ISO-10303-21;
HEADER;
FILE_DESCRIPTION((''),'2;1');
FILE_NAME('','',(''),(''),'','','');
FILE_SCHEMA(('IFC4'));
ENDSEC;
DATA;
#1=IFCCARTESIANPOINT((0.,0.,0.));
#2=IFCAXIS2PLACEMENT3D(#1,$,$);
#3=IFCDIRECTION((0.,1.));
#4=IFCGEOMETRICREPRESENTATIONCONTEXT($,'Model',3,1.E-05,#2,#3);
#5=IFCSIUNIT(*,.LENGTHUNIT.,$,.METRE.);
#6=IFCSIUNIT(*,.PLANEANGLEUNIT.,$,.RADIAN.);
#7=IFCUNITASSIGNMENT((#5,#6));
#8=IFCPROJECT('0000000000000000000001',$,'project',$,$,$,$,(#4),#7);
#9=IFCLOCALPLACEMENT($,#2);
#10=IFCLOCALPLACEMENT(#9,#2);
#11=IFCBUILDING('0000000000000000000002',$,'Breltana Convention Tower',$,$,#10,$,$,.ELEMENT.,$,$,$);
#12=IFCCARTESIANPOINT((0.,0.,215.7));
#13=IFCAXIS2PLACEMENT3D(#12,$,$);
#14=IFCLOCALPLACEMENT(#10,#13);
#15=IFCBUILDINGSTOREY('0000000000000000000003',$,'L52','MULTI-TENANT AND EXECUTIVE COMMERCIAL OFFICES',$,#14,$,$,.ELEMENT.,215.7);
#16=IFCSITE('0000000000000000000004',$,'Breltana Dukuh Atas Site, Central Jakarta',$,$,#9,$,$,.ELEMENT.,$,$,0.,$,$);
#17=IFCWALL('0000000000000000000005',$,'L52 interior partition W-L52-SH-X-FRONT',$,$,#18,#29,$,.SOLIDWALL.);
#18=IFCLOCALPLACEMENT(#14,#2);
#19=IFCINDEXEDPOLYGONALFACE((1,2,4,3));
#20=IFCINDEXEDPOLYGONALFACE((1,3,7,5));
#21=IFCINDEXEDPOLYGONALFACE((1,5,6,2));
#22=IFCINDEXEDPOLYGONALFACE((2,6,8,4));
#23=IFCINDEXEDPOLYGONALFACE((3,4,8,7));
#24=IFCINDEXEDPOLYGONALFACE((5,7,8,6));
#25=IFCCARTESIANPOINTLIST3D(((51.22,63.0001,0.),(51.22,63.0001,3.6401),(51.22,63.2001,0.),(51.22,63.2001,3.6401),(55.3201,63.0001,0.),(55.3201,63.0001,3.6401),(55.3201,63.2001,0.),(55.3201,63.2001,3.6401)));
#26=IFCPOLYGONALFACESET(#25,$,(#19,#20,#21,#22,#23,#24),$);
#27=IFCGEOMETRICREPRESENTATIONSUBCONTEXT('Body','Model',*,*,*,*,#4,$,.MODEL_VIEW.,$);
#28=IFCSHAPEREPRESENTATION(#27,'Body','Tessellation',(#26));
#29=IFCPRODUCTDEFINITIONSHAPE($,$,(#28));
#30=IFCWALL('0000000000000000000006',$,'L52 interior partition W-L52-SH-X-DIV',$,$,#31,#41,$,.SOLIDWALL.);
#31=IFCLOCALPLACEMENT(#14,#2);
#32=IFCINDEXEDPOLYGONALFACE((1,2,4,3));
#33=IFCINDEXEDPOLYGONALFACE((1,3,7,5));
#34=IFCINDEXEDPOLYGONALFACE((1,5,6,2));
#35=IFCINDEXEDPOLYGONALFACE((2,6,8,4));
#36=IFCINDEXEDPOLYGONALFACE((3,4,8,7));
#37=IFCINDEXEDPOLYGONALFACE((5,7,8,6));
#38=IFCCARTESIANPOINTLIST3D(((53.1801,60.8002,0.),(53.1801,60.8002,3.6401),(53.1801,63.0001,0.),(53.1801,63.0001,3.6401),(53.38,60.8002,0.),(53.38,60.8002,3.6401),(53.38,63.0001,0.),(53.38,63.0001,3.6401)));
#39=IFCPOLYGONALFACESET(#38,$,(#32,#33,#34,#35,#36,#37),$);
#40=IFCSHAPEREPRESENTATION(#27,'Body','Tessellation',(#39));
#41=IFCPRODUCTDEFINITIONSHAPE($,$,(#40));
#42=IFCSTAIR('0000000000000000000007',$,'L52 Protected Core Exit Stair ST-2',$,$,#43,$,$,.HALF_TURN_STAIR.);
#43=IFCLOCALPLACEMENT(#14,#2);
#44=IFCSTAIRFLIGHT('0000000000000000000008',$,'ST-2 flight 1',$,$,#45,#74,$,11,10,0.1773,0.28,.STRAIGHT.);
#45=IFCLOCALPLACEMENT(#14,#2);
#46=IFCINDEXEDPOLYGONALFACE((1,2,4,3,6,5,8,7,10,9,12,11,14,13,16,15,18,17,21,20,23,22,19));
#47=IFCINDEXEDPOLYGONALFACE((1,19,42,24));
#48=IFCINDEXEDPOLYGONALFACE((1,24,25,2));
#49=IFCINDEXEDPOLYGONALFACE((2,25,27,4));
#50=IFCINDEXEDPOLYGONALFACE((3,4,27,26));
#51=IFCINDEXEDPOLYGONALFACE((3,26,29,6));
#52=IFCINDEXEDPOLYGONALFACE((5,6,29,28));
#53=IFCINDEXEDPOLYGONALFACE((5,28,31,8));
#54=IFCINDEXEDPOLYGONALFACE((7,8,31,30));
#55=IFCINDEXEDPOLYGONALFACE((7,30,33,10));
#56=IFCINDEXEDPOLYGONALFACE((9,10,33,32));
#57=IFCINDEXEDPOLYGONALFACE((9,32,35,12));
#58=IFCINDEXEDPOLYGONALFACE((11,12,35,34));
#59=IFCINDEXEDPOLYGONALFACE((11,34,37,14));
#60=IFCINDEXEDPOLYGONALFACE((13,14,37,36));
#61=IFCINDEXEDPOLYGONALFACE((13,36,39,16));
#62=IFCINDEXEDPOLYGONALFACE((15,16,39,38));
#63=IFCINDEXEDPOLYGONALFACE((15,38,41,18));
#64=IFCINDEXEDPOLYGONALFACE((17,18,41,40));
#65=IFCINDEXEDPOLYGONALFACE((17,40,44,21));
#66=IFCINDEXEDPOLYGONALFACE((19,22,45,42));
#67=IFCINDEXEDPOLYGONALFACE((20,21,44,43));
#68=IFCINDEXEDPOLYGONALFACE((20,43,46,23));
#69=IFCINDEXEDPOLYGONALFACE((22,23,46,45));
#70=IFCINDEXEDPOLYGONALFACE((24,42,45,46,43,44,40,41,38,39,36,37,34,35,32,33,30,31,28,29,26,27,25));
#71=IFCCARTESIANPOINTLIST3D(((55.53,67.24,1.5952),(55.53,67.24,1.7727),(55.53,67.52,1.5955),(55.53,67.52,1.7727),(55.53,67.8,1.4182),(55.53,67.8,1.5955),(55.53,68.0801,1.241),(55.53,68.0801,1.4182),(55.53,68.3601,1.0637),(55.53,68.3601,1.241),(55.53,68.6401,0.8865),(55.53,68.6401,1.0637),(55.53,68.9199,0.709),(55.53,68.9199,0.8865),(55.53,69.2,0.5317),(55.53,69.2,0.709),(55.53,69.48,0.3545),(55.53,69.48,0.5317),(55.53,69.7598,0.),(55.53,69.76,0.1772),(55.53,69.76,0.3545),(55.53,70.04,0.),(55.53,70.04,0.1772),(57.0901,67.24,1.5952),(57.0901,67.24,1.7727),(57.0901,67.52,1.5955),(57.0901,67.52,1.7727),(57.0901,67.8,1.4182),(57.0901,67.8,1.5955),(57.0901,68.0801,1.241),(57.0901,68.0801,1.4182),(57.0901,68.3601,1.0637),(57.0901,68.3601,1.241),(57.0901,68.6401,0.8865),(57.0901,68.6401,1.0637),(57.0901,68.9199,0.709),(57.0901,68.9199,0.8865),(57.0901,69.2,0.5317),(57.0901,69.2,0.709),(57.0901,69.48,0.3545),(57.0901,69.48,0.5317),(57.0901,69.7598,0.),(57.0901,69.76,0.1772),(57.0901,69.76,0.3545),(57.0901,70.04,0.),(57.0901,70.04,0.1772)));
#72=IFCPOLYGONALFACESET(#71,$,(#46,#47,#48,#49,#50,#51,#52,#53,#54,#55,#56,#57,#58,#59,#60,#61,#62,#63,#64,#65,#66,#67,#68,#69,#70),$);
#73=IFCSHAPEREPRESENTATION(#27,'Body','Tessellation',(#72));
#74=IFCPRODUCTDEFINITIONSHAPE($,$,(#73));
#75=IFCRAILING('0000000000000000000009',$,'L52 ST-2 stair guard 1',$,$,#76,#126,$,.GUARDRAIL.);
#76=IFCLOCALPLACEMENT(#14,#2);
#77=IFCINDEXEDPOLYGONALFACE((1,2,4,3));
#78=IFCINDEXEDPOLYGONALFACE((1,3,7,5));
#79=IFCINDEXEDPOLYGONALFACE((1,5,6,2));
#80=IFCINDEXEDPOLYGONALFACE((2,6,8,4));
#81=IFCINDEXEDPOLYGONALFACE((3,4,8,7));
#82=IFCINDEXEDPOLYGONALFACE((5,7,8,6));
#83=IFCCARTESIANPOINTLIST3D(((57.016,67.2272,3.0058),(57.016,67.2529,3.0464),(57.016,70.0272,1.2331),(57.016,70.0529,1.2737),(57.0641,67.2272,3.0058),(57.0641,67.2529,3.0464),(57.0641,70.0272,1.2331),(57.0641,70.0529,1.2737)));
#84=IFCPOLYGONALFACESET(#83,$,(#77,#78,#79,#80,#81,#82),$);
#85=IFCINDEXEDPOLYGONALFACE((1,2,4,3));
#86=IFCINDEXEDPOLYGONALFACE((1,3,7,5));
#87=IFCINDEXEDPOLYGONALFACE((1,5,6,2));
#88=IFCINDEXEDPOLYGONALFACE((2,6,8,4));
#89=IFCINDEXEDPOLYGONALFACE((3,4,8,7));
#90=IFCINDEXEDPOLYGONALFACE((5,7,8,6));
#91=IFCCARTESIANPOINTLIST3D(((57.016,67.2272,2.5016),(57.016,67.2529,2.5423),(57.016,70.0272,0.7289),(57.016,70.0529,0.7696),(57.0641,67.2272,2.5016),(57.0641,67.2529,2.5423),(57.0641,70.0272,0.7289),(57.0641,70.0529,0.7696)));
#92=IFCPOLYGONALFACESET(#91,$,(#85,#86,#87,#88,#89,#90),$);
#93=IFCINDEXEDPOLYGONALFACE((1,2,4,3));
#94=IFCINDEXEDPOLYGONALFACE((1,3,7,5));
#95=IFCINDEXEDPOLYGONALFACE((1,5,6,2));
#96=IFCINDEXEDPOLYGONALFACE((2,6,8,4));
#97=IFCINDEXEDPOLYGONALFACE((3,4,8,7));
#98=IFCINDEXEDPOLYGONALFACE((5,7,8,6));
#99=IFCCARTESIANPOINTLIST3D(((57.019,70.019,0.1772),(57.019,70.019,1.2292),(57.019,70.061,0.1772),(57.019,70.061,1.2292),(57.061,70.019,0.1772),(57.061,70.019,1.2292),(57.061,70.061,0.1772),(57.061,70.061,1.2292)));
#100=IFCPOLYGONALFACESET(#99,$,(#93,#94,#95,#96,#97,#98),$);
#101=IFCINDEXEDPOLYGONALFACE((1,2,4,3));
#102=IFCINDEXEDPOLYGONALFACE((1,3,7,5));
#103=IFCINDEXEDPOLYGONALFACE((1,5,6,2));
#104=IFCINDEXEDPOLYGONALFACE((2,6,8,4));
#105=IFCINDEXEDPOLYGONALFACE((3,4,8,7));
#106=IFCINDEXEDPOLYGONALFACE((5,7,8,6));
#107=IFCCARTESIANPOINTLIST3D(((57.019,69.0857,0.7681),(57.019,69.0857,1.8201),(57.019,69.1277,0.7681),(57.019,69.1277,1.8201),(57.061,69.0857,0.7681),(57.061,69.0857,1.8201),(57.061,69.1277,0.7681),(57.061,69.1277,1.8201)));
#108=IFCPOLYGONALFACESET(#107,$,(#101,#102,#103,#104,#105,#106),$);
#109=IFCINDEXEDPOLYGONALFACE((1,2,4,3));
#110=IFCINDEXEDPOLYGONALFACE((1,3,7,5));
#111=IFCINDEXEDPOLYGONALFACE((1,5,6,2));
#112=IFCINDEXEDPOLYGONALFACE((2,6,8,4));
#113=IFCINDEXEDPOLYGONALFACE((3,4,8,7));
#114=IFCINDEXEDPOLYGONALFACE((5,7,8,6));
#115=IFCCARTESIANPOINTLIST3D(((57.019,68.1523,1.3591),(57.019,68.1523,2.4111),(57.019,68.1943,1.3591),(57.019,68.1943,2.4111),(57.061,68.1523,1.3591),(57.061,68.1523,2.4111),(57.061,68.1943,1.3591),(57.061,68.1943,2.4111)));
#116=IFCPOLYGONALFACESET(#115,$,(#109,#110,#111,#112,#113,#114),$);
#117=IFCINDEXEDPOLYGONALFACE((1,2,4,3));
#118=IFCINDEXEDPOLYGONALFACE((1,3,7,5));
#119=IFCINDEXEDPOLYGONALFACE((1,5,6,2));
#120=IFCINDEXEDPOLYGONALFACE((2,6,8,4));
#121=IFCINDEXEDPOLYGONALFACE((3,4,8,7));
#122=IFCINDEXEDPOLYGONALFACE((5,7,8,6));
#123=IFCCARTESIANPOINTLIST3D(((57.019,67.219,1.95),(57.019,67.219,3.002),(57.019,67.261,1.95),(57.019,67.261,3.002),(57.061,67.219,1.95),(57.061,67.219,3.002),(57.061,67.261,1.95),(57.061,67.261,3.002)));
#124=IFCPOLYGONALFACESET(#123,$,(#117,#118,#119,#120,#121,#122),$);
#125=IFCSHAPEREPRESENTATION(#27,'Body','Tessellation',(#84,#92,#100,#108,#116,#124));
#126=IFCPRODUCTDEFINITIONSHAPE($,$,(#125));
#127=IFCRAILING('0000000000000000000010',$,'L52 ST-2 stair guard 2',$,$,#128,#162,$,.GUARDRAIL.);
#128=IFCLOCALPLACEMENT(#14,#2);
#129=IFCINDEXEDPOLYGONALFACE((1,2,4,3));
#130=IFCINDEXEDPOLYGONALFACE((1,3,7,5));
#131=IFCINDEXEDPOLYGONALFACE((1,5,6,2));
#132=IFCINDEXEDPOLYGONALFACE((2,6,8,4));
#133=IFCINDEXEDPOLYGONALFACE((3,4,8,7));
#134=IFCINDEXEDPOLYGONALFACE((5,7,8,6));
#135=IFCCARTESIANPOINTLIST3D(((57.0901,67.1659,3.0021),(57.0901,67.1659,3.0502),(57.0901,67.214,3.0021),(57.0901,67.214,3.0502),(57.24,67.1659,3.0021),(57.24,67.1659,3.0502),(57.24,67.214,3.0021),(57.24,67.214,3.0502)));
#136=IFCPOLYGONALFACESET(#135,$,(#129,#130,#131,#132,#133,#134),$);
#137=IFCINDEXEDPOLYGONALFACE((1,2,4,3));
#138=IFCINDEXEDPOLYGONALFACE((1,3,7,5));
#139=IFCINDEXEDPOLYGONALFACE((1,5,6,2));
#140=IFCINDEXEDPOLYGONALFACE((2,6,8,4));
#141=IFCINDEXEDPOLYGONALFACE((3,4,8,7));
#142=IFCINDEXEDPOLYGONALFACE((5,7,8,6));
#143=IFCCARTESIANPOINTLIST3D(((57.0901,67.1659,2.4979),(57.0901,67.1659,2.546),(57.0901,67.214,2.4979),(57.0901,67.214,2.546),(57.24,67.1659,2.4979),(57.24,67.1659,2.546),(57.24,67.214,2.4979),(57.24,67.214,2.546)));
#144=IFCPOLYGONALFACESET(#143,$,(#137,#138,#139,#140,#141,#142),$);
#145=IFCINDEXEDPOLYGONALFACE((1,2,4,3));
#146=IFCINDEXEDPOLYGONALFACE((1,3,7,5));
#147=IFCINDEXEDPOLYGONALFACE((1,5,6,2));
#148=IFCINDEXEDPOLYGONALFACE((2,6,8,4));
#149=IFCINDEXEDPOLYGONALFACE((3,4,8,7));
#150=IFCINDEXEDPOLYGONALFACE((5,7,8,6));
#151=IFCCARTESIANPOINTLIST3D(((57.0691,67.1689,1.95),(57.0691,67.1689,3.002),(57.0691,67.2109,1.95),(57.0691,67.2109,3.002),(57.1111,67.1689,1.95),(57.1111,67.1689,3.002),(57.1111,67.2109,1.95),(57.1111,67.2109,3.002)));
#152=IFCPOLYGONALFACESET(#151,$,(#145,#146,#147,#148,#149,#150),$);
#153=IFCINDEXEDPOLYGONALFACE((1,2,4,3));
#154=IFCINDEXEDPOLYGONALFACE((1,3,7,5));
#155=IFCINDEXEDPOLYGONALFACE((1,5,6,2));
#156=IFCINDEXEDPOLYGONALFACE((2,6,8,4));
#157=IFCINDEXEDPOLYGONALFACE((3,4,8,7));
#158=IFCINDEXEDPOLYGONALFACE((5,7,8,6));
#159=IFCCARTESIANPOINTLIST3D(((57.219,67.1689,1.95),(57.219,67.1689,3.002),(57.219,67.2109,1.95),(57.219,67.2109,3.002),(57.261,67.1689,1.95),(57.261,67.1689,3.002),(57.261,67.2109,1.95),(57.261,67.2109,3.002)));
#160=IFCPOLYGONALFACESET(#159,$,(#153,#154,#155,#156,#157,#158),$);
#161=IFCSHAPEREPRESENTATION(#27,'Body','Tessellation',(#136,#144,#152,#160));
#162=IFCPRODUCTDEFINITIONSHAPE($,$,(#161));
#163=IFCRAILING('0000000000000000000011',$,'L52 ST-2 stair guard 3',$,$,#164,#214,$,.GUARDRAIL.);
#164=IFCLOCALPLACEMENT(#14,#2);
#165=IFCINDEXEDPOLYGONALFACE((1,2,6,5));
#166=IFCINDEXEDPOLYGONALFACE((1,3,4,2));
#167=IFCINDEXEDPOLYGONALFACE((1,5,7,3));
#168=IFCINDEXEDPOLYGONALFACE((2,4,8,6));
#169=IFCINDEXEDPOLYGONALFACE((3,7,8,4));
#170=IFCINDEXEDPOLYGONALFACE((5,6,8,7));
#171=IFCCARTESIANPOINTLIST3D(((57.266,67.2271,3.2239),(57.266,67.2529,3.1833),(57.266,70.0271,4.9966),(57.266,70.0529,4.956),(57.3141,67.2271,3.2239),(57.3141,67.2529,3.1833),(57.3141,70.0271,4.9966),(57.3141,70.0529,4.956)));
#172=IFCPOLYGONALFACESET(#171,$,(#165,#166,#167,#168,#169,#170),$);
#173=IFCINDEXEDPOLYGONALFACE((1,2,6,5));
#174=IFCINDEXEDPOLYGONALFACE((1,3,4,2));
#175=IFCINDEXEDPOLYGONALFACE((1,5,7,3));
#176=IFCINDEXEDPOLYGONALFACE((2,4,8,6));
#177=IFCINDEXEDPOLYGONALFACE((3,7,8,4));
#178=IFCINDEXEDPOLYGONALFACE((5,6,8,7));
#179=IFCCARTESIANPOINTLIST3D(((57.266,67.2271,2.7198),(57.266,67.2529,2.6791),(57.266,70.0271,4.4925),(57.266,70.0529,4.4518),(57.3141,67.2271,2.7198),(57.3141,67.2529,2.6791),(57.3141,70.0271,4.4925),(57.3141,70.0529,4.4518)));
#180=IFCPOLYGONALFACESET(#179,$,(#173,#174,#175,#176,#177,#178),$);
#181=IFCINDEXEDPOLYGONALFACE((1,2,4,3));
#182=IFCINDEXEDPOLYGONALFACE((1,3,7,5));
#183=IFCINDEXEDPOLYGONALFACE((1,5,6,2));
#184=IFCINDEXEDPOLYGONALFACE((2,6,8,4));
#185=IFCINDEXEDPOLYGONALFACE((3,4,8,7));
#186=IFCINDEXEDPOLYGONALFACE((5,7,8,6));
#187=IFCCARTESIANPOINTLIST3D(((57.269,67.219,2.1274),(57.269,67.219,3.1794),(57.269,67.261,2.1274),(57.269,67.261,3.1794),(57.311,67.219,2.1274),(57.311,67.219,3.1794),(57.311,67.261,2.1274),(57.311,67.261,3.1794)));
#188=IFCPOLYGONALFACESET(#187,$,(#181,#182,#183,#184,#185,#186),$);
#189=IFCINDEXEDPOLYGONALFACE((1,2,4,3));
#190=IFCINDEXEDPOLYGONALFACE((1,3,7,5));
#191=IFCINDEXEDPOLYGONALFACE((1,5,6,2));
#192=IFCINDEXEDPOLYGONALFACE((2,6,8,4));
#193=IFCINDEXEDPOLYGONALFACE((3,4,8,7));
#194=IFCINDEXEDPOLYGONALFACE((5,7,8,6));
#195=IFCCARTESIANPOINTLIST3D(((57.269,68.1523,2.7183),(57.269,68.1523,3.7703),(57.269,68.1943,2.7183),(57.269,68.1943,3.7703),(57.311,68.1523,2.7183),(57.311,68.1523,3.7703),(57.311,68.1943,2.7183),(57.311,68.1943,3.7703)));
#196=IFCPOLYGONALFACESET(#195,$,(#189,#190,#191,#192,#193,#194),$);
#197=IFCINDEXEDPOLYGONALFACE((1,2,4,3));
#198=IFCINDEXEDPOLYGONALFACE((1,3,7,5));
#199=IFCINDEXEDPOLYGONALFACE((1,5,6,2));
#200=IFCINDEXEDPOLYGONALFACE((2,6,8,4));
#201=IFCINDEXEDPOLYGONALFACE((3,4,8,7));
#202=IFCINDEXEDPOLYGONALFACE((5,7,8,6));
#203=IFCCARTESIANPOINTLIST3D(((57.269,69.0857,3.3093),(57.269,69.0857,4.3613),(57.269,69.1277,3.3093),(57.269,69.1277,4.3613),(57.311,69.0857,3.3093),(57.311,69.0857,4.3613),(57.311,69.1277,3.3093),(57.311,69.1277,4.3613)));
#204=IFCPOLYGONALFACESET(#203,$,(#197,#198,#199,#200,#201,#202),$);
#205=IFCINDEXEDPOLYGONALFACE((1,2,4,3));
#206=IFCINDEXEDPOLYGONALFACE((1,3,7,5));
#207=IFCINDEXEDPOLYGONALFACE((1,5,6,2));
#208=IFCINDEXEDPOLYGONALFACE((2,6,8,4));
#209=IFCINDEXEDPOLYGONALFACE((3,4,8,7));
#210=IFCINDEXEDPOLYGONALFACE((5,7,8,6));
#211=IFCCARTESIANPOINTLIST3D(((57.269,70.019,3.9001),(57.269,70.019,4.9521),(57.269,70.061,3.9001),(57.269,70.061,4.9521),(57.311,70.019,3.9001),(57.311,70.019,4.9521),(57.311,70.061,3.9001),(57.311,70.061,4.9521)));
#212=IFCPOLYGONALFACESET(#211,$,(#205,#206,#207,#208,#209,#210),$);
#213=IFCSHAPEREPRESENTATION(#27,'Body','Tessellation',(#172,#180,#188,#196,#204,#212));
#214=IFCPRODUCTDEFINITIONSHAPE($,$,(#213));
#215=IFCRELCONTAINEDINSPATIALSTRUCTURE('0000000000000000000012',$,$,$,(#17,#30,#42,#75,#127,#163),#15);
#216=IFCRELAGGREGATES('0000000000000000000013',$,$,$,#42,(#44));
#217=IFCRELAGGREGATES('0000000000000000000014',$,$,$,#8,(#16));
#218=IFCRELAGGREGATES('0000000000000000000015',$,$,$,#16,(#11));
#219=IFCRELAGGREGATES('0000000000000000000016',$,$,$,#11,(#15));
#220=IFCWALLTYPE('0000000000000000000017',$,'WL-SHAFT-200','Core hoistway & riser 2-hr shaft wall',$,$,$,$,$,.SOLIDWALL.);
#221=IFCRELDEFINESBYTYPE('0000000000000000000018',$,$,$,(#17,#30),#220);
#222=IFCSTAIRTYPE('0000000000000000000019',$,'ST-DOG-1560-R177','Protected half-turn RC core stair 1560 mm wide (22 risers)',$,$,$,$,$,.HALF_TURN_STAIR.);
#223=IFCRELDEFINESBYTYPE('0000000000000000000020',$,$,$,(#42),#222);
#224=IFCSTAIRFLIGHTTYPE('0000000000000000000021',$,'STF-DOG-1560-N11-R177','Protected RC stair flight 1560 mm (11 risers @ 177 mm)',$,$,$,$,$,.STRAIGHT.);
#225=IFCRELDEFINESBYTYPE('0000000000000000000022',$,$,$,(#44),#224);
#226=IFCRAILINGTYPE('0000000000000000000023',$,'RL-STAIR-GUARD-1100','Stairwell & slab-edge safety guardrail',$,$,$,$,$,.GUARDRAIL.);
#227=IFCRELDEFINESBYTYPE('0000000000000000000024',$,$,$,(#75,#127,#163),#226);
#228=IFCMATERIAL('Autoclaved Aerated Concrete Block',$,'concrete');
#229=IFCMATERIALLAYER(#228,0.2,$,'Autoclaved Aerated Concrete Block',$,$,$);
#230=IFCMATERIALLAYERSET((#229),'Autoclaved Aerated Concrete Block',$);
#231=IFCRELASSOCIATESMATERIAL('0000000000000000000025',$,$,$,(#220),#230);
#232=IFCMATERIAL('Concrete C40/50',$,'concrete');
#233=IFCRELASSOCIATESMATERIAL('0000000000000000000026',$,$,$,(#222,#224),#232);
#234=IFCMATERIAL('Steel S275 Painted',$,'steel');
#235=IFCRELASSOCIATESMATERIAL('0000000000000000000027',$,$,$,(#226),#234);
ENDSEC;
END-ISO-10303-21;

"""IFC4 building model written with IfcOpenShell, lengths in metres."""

from ifc_helpers import new_model, si_unit, direction, frame, frame_2d, origin, origin_2d, place, context, subcontext, project, spatial, polyline, rectangle, outline, extrude, source, transform, mapped, material, layer, layer_set, type_object, element, aggregate, save


model = new_model("IFC4")

# Units and contexts
model_context = context("Model", 3, precision=1e-05, world=origin(), true_north=direction((0.0, 1.0)))
body_context = subcontext(model_context, "Body", "Model", "MODEL_VIEW")
ifc_project = project(units=[si_unit("LENGTHUNIT", "METRE"), si_unit("PLANEANGLEUNIT", "RADIAN")], contexts=[model_context])

# Site, building, storey
site_placement = place(None, origin())
site = spatial("IfcSite", under=ifc_project, at=site_placement, Name="Breltana Dukuh Atas Site, Central Jakarta", CompositionType="ELEMENT", RefElevation=0.0)
building_placement = place(site_placement, origin())
building = spatial("IfcBuilding", under=site, at=building_placement, Name="Breltana Convention Tower", CompositionType="ELEMENT")
storey_placement = place(building_placement, frame((0.0, 0.0, 215.7)))
storey = spatial("IfcBuildingStorey", under=building, at=storey_placement, Name="L52", Description="MULTI-TENANT AND EXECUTIVE COMMERCIAL OFFICES", CompositionType="ELEMENT", Elevation=215.7)

# Shared definitions
ifc_material_1 = material(Name="Autoclaved Aerated Concrete Block", Category="concrete")
ifc_layer_1 = layer(ifc_material_1, 0.2, Name="Autoclaved Aerated Concrete Block")
ifc_layer_set_1 = layer_set([ifc_layer_1], Name="Autoclaved Aerated Concrete Block")
wall_type_1 = type_object("IfcWallType", Name="WL-SHAFT-200", Description="Core hoistway & riser 2-hr shaft wall", PredefinedType="SOLIDWALL", material=ifc_layer_set_1)

# Walls
shared_shape_1 = source(origin(), body_context, "Body", "SweptSolid", [
    extrude(rectangle(XDim=4.1001, YDim=0.2, at=frame_2d((2.05, 0.0))), origin(), (0.0, 0.0, 1.0), 3.6401),
])
wall_1_placement = place(storey_placement, frame((51.22, 63.1001, 0.0), z_axis=(0.0, 0.0, 1.0), x_axis=(1.0, 0.0, 0.0)))
element("IfcWall", 1, at=wall_1_placement, inside=storey, type_object=wall_type_1, Name="L52 interior partition W-L52-SH-X-FRONT", PredefinedType="SOLIDWALL", context=body_context, shape_type="MappedRepresentation", body=[
    mapped(shared_shape_1, transform((0.0, 0.0, 0.0), scale=1.0)),
])
shared_shape_2 = source(origin(), body_context, "Body", "SweptSolid", [
    extrude(rectangle(XDim=2.2, YDim=0.2, at=frame_2d((1.1001, 0.0))), origin(), (0.0, 0.0, 1.0), 3.6401),
])
wall_2_placement = place(storey_placement, frame((53.28, 60.8, 0.0), z_axis=(0.0, 0.0, 1.0), x_axis=(0.0, 1.0, 0.0)))
element("IfcWall", 2, at=wall_2_placement, inside=storey, type_object=wall_type_1, Name="L52 interior partition W-L52-SH-X-DIV", PredefinedType="SOLIDWALL", context=body_context, shape_type="MappedRepresentation", body=[
    mapped(shared_shape_2, transform((0.0, 0.0, 0.0), scale=1.0)),
])

# Stair, stair flight
ifc_material_2 = material(Name="Concrete C40/50", Category="concrete")
stair_type = type_object("IfcStairType", Name="ST-DOG-1560-R177", Description="Protected half-turn RC core stair 1560 mm wide (22 risers)", PredefinedType="HALF_TURN_STAIR", material=ifc_material_2)
stair_placement = place(storey_placement, origin())
stair = element("IfcStair", 3, at=stair_placement, inside=storey, type_object=stair_type, Name="L52 Protected Core Exit Stair ST-2", PredefinedType="HALF_TURN_STAIR")
stair_flight_type = type_object("IfcStairFlightType", Name="STF-DOG-1560-N11-R177", Description="Protected RC stair flight 1560 mm (11 risers @ 177 mm)", PredefinedType="STRAIGHT", material=ifc_material_2)
stair_flight_placement = place(storey_placement, frame((56.3101, 70.04, 0.0), z_axis=(0.0, 0.0, 1.0), x_axis=(0.0, -1.0, 0.0)))
stair_flight = element("IfcStairFlight", 4, at=stair_flight_placement, type_object=stair_flight_type, Name="ST-2 flight 1", NumberOfRisers=11, NumberOfTreads=10, PredefinedType="STRAIGHT", RiserHeight=0.1773, TreadLength=0.28, context=body_context, shape_type="SweptSolid", body=[
    extrude(outline(polyline([(0.0, 0.0), (0.0, 0.1772), (0.28, 0.1772), (0.28, 0.3545), (0.5601, 0.3545), (0.5601, 0.5317), (0.8401, 0.5317), (0.8401, 0.709), (1.1201, 0.709), (1.1201, 0.8865), (1.3999, 0.8865), (1.3999, 1.0637), (1.6799, 1.0637), (1.6799, 1.241), (1.96, 1.241), (1.96, 1.4182), (2.24, 1.4182), (2.24, 1.5955), (2.52, 1.5955), (2.52, 1.7727), (2.8, 1.7727), (2.8, 1.95), (2.8, 1.5952), (0.2803, 0.0), (0.0, 0.0)])), frame((0.0, 0.78, 0.0), z_axis=(0.0, -1.0, 0.0), x_axis=(1.0, 0.0, 0.0)), (0.0, 0.0, 1.0), 1.5601),
])
aggregate(stair, [stair_flight])

# Railings
ifc_material_3 = material(Name="Steel S275 Painted", Category="steel")
railing_type_1 = type_object("IfcRailingType", Name="RL-STAIR-GUARD-1100", Description="Stairwell & slab-edge safety guardrail", PredefinedType="GUARDRAIL", material=ifc_material_3)
railing_1_placement = place(storey_placement, frame((57.04, 70.04, 0.1772)))
element("IfcRailing", 5, at=railing_1_placement, inside=storey, type_object=railing_type_1, Name="L52 ST-2 stair guard 1", PredefinedType="GUARDRAIL", context=body_context, shape_type="SweptSolid", body=[
    extrude(rectangle(XDim=0.0481, YDim=0.0481, at=origin_2d()), frame((0.0, 0.0, 1.0762), z_axis=(0.0, -0.844909, 0.53491), x_axis=(1.0, 0.0, 0.0)), (0.0, 0.0, 1.0), 3.314),
    extrude(rectangle(XDim=0.0481, YDim=0.0481, at=origin_2d()), frame((0.0, 0.0, 0.572), z_axis=(0.0, -0.844909, 0.53491), x_axis=(1.0, 0.0, 0.0)), (0.0, 0.0, 1.0), 3.314),
    extrude(rectangle(XDim=0.042, YDim=0.042, at=origin_2d()), origin(), (0.0, 0.0, 1.0), 1.052),
    extrude(rectangle(XDim=0.042, YDim=0.042, at=origin_2d()), frame((0.0, -0.9333, 0.5908)), (0.0, 0.0, 1.0), 1.052),
    extrude(rectangle(XDim=0.042, YDim=0.042, at=origin_2d()), frame((0.0, -1.8667, 1.1819)), (0.0, 0.0, 1.0), 1.052),
    extrude(rectangle(XDim=0.042, YDim=0.042, at=origin_2d()), frame((0.0, -2.8, 1.7727)), (0.0, 0.0, 1.0), 1.052),
])
railing_2_placement = place(storey_placement, frame((57.0901, 67.1899, 1.95)))
element("IfcRailing", 6, at=railing_2_placement, inside=storey, type_object=railing_type_1, Name="L52 ST-2 stair guard 2", PredefinedType="GUARDRAIL", context=body_context, shape_type="SweptSolid", body=[
    extrude(rectangle(XDim=0.0481, YDim=0.0481, at=origin_2d()), frame((0.0, 0.0, 1.0762), z_axis=(1.0, 0.0, 0.0), x_axis=(0.0, 1.0, 0.0)), (0.0, 0.0, 1.0), 0.1499),
    extrude(rectangle(XDim=0.0481, YDim=0.0481, at=origin_2d()), frame((0.0, 0.0, 0.572), z_axis=(1.0, 0.0, 0.0), x_axis=(0.0, 1.0, 0.0)), (0.0, 0.0, 1.0), 0.1499),
    extrude(rectangle(XDim=0.042, YDim=0.042, at=origin_2d()), origin(), (0.0, 0.0, 1.0), 1.052),
    extrude(rectangle(XDim=0.042, YDim=0.042, at=origin_2d()), frame((0.1499, 0.0, 0.0)), (0.0, 0.0, 1.0), 1.052),
])
railing_3_placement = place(storey_placement, frame((57.29, 67.24, 2.1274)))
element("IfcRailing", 7, at=railing_3_placement, inside=storey, type_object=railing_type_1, Name="L52 ST-2 stair guard 3", PredefinedType="GUARDRAIL", context=body_context, shape_type="SweptSolid", body=[
    extrude(rectangle(XDim=0.0481, YDim=0.0481, at=origin_2d()), frame((0.0, 0.0, 1.0762), z_axis=(0.0, 0.844909, 0.53491), x_axis=(-1.0, 0.0, 0.0)), (0.0, 0.0, 1.0), 3.314),
    extrude(rectangle(XDim=0.0481, YDim=0.0481, at=origin_2d()), frame((0.0, 0.0, 0.572), z_axis=(0.0, 0.844909, 0.53491), x_axis=(-1.0, 0.0, 0.0)), (0.0, 0.0, 1.0), 3.314),
    extrude(rectangle(XDim=0.042, YDim=0.042, at=origin_2d()), origin(), (0.0, 0.0, 1.0), 1.052),
    extrude(rectangle(XDim=0.042, YDim=0.042, at=origin_2d()), frame((0.0, 0.9333, 0.5908)), (0.0, 0.0, 1.0), 1.052),
    extrude(rectangle(XDim=0.042, YDim=0.042, at=origin_2d()), frame((0.0, 1.8667, 1.1819)), (0.0, 0.0, 1.0), 1.052),
    extrude(rectangle(XDim=0.042, YDim=0.042, at=origin_2d()), frame((0.0, 2.8, 1.7727)), (0.0, 0.0, 1.0), 1.052),
])

save(model, "model.ifc")
